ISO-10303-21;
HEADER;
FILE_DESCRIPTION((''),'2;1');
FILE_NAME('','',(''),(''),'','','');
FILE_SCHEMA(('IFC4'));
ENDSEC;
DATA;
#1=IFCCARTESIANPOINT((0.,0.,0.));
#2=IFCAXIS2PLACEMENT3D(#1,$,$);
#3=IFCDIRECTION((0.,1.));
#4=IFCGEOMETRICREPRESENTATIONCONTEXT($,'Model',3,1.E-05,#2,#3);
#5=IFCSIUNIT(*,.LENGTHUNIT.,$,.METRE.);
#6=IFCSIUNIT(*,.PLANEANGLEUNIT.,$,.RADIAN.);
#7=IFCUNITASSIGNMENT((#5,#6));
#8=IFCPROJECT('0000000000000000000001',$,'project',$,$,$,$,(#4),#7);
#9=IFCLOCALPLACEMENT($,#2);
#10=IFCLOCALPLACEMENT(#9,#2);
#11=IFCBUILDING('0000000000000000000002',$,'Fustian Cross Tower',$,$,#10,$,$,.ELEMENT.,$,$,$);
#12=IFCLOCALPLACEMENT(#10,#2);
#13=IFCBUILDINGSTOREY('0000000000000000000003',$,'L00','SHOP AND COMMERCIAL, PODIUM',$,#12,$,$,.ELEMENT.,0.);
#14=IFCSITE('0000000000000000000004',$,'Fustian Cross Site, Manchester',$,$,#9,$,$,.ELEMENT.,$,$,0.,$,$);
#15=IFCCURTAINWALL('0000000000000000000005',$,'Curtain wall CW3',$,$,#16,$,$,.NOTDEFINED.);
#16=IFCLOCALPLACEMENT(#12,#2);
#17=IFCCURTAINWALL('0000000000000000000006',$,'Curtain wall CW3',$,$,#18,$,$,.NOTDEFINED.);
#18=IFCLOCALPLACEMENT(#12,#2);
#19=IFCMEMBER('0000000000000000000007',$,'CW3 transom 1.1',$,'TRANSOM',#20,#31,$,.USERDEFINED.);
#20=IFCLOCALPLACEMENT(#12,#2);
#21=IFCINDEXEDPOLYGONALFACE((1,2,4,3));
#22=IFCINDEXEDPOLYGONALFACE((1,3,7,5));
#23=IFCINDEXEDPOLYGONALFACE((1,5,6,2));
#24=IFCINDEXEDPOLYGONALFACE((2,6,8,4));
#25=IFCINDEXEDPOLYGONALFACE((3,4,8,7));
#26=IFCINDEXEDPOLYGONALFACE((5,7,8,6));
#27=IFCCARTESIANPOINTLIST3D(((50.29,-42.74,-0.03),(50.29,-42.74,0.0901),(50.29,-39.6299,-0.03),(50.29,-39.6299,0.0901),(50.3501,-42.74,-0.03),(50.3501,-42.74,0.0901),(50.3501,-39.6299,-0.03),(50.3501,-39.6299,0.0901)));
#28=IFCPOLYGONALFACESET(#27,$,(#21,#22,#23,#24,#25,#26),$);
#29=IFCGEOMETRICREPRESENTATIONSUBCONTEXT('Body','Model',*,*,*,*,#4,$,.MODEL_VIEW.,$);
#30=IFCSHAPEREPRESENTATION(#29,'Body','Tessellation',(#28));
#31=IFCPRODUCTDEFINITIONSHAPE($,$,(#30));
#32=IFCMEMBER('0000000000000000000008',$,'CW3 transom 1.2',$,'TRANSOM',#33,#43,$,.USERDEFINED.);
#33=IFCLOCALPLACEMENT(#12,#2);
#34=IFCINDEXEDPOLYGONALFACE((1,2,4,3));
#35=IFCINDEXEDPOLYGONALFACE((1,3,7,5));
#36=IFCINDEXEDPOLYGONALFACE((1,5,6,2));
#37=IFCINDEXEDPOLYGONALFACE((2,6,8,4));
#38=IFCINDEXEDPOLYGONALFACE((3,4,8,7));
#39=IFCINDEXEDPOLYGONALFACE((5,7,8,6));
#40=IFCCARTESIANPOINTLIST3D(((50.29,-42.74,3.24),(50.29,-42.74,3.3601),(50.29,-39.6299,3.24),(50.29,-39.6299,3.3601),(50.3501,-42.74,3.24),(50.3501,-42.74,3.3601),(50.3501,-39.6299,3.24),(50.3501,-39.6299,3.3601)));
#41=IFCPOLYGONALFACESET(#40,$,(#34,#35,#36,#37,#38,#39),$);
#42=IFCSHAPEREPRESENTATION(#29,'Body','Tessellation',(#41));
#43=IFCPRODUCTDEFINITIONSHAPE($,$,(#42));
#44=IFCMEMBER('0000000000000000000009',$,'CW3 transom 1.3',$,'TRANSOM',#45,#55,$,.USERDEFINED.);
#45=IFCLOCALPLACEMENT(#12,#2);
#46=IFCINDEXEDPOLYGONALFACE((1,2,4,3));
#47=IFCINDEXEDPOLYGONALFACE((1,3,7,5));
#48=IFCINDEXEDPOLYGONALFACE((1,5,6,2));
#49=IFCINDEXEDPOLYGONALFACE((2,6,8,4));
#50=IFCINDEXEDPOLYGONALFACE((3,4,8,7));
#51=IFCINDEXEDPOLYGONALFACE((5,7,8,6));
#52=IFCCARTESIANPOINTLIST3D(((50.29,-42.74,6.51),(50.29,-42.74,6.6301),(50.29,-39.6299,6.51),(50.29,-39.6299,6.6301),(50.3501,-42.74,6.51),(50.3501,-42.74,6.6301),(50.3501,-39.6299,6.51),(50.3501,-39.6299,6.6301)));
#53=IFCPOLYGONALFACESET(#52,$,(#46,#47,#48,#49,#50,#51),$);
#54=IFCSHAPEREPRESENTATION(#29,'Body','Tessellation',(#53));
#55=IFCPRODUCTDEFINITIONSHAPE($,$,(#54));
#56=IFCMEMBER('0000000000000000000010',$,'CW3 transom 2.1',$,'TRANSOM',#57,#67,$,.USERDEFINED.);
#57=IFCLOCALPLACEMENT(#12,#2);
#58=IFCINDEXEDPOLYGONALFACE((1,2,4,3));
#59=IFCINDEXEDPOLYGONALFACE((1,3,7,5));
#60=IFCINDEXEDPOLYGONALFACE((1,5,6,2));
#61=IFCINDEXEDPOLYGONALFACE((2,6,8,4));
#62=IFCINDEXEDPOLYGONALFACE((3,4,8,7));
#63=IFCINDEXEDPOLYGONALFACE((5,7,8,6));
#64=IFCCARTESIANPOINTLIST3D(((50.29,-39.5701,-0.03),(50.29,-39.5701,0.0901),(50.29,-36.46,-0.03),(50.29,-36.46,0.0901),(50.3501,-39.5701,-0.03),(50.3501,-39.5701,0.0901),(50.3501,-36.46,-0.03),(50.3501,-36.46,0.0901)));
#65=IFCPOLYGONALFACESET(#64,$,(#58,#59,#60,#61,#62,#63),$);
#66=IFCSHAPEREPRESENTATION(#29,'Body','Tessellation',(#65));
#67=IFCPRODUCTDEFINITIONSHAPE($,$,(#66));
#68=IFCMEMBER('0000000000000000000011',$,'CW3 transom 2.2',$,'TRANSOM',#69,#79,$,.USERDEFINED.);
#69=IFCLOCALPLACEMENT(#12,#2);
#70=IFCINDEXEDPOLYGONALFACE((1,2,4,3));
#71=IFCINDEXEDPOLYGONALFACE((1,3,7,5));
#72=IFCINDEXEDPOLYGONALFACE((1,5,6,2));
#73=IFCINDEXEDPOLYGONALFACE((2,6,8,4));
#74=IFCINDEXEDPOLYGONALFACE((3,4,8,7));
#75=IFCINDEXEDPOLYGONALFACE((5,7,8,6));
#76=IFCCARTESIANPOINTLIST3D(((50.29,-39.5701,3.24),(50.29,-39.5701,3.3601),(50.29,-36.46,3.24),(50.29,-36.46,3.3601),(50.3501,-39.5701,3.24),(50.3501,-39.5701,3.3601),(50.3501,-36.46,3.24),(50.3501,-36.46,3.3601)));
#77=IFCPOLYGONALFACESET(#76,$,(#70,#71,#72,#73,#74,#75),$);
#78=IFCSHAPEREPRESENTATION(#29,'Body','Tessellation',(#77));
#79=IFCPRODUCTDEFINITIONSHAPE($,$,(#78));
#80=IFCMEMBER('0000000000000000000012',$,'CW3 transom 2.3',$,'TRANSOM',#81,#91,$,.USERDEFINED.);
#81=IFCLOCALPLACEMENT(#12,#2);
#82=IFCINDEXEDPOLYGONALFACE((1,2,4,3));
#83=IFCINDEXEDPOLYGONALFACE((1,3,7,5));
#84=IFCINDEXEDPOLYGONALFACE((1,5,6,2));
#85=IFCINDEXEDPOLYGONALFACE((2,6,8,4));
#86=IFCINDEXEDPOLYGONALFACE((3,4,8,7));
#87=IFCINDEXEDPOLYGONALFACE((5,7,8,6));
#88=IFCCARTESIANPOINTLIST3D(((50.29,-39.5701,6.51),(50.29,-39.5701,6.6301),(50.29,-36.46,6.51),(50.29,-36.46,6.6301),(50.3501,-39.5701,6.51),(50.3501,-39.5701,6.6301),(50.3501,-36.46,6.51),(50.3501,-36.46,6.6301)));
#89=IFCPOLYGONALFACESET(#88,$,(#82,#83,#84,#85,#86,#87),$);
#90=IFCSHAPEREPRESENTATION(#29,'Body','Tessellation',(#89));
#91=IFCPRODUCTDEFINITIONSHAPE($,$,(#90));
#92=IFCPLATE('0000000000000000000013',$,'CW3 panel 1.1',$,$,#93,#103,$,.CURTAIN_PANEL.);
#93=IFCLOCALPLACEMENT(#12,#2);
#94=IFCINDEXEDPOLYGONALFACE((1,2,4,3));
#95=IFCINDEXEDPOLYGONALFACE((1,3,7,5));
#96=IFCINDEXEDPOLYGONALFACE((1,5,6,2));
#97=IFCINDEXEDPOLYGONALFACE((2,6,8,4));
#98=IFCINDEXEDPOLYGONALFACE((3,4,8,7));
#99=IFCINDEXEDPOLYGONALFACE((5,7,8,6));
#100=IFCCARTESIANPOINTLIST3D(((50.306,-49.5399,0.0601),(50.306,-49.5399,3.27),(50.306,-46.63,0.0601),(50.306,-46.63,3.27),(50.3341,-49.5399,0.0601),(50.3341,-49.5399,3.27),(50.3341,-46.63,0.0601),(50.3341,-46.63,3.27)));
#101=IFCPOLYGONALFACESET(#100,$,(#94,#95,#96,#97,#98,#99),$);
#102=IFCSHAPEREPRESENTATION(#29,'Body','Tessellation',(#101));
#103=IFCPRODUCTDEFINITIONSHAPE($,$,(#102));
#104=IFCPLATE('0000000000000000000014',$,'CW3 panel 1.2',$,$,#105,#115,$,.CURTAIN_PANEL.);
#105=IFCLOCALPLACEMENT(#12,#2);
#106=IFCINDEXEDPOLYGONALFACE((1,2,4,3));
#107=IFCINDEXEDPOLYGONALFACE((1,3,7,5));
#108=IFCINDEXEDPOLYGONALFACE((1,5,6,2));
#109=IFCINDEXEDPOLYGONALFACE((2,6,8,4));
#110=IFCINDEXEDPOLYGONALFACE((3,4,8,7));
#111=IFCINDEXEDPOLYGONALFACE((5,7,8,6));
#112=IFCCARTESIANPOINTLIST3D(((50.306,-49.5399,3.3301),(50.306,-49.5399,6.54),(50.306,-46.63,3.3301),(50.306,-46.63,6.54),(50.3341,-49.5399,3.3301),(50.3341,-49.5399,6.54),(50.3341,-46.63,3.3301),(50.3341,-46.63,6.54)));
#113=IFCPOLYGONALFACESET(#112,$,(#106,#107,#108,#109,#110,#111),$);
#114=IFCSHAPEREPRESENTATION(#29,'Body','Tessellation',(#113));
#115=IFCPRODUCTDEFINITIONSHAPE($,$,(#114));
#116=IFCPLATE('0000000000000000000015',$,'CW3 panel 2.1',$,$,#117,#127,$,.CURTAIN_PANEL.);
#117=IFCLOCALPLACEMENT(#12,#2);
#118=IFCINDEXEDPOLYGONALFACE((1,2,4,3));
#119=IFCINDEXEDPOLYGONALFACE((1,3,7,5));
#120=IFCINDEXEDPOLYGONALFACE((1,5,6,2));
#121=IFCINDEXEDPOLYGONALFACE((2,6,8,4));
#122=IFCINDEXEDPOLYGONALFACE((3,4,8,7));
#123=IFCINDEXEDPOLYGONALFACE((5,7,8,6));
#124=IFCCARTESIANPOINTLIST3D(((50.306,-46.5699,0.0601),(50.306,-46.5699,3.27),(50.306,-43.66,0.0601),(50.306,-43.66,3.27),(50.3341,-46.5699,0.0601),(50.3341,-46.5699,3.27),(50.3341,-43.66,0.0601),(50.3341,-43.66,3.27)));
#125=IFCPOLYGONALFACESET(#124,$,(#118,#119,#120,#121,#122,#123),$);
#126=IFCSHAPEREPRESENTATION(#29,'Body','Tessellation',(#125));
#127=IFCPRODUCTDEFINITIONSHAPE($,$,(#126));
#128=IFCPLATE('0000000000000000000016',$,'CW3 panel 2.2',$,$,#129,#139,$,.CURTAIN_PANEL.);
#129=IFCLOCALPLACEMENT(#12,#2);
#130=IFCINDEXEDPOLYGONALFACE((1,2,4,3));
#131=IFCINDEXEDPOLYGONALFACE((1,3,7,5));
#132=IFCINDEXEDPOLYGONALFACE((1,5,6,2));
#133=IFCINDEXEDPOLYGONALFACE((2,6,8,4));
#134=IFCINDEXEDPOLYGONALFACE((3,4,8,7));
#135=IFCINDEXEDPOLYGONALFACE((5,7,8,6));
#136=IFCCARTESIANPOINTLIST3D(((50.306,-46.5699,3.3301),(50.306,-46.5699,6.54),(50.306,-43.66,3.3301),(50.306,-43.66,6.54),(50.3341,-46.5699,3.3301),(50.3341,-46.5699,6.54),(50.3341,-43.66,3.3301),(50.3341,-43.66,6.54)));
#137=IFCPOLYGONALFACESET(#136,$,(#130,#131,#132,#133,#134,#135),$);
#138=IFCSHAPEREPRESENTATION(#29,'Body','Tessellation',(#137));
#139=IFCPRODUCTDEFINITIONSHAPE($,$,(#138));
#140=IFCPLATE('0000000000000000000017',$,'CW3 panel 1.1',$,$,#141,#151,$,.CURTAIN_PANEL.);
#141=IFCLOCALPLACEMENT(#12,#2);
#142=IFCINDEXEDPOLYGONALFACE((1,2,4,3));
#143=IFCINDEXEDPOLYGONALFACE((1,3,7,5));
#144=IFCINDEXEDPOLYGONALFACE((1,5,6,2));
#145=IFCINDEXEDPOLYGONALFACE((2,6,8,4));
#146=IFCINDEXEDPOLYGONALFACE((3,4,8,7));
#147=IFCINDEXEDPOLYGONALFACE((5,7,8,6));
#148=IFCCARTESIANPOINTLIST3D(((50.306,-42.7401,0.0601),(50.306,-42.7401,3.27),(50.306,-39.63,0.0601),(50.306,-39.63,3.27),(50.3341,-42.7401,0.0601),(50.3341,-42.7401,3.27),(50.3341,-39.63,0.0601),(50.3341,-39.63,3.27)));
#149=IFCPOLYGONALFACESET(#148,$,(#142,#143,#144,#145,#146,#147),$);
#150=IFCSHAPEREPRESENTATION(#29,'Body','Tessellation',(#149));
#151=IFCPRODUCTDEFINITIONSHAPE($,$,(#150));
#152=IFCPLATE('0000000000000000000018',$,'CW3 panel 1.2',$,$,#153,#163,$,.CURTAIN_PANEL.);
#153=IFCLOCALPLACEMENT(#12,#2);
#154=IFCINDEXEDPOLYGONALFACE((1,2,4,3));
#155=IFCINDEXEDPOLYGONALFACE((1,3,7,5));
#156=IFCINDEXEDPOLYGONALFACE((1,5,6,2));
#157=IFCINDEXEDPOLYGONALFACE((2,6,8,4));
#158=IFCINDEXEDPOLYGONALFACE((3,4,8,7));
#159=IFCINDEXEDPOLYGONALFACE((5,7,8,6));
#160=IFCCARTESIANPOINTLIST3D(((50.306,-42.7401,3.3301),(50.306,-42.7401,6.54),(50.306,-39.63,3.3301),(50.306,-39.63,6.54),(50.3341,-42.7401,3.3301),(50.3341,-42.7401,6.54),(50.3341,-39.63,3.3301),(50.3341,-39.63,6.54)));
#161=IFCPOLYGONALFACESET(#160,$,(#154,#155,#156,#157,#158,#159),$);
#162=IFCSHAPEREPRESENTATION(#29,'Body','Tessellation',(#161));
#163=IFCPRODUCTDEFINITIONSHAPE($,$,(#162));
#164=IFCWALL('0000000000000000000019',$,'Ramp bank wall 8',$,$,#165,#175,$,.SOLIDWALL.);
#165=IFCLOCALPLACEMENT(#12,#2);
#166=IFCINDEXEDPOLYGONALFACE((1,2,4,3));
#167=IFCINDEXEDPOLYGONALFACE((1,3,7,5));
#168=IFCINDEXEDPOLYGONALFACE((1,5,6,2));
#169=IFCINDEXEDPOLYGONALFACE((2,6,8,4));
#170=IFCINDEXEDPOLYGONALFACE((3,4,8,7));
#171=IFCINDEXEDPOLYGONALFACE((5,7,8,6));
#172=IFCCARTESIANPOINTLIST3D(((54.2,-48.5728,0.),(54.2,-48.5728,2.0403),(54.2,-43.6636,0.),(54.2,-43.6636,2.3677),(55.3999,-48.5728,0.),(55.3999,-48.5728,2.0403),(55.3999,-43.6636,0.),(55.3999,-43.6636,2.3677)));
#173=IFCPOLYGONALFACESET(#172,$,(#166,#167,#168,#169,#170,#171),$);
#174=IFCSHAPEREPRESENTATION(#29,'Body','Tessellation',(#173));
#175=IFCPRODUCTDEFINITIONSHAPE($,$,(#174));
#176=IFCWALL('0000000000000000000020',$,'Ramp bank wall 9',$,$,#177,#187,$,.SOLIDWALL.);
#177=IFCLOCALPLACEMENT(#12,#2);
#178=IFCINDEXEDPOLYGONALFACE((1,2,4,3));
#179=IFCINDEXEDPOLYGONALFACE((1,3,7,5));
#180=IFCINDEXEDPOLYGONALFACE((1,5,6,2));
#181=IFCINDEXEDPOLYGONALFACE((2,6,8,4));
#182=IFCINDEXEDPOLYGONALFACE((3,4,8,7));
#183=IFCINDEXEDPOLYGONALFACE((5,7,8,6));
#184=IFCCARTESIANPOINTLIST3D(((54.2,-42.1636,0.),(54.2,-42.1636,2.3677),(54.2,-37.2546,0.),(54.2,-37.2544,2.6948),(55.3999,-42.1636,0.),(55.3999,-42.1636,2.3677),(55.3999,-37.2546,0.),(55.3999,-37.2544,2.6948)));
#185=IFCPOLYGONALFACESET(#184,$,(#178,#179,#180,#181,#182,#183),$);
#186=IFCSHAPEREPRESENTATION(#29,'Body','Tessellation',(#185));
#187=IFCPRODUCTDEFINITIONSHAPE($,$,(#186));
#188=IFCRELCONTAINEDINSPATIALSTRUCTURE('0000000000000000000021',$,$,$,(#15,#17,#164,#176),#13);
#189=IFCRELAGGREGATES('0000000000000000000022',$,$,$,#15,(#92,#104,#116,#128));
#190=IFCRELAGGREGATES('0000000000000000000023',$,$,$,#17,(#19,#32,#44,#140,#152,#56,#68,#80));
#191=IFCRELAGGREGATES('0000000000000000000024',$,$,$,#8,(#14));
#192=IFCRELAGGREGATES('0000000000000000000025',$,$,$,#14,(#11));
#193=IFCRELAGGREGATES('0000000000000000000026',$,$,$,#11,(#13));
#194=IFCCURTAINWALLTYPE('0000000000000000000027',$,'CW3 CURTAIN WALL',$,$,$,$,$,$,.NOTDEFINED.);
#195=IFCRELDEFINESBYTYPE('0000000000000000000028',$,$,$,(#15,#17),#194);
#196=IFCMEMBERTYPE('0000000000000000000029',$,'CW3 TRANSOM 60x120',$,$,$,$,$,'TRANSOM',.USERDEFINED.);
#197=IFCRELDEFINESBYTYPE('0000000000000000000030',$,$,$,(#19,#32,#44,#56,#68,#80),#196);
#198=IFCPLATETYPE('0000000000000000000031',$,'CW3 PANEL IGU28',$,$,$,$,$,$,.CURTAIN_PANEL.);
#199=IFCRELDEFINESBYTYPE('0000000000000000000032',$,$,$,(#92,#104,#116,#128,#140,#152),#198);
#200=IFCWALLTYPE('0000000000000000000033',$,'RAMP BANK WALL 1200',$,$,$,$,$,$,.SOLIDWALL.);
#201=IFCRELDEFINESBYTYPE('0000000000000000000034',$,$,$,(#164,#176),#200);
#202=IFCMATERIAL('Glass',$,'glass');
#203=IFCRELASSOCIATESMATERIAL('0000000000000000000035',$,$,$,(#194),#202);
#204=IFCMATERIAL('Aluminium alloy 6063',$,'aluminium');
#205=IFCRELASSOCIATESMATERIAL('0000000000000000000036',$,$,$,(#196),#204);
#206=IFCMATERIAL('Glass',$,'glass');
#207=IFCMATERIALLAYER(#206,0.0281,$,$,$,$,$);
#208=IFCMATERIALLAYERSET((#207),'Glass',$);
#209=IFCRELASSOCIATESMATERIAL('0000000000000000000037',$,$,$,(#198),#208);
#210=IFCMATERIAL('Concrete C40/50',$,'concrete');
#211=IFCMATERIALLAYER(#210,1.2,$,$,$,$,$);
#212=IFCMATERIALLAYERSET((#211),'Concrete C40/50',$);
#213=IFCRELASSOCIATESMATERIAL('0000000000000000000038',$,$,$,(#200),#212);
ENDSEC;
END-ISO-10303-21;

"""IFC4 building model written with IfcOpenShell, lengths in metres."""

from ifc_helpers import new_model, si_unit, direction, frame, origin, origin_2d, place, context, subcontext, project, spatial, polyline, rectangle, outline, extrude, material, layer, layer_set, material_profile, profile_set, type_object, element, aggregate, save


model = new_model("IFC4")

# Units and contexts
model_context = context("Model", 3, precision=1e-05, world=origin(), true_north=direction((0.0, 1.0)))
body_context = subcontext(model_context, "Body", "Model", "MODEL_VIEW")
ifc_project = project(units=[si_unit("LENGTHUNIT", "METRE"), si_unit("PLANEANGLEUNIT", "RADIAN")], contexts=[model_context])

# Site, building, storey
site_placement = place(None, origin())
site = spatial("IfcSite", under=ifc_project, at=site_placement, Name="Fustian Cross Site, Manchester", CompositionType="ELEMENT", RefElevation=0.0)
building_placement = place(site_placement, origin())
building = spatial("IfcBuilding", under=site, at=building_placement, Name="Fustian Cross Tower", CompositionType="ELEMENT")
storey_placement = place(building_placement, origin())
storey = spatial("IfcBuildingStorey", under=building, at=storey_placement, Name="L00", Description="SHOP AND COMMERCIAL, PODIUM", CompositionType="ELEMENT", Elevation=0.0)

# Curtain walls
ifc_material_1 = material(Name="Glass", Category="glass")
curtain_wall_type = type_object("IfcCurtainWallType", Name="CW3 CURTAIN WALL", PredefinedType="NOTDEFINED", material=ifc_material_1)
curtain_wall_1_placement = place(storey_placement, origin())
curtain_wall_1 = element("IfcCurtainWall", 1, at=curtain_wall_1_placement, inside=storey, type_object=curtain_wall_type, Name="Curtain wall CW3", PredefinedType="NOTDEFINED")
curtain_wall_2_placement = place(storey_placement, origin())
curtain_wall_2 = element("IfcCurtainWall", 2, at=curtain_wall_2_placement, inside=storey, type_object=curtain_wall_type, Name="Curtain wall CW3", PredefinedType="NOTDEFINED")

# Members
ifc_material_2 = material(Name="Aluminium alloy 6063", Category="aluminium")
ifc_material_profile_1 = material_profile(ifc_material_2, rectangle(XDim=0.0601, YDim=0.1201, at=origin_2d()), Name="CW3 TRANSOM 60x120")
ifc_profile_set_1 = profile_set([ifc_material_profile_1], Name="Aluminium alloy 6063")
member_type_1 = type_object("IfcMemberType", Name="CW3 TRANSOM 60x120", ElementType="TRANSOM", PredefinedType="USERDEFINED", material=ifc_profile_set_1)
member_1_placement = place(storey_placement, frame((50.3201, -42.74, 0.03), z_axis=(0.0, 1.0, 0.0), x_axis=(-1.0, 0.0, 0.0)))
member_1 = element("IfcMember", 3, at=member_1_placement, type_object=member_type_1, Name="CW3 transom 1.1", ObjectType="TRANSOM", PredefinedType="USERDEFINED", context=body_context, shape_type="SweptSolid", body=[
    extrude(rectangle(XDim=0.0601, YDim=0.1201, at=origin_2d()), origin(), (0.0, 0.0, 1.0), 3.1101),
])
member_2_placement = place(storey_placement, frame((50.3201, -42.74, 3.3), z_axis=(0.0, 1.0, 0.0), x_axis=(-1.0, 0.0, 0.0)))
member_2 = element("IfcMember", 4, at=member_2_placement, type_object=member_type_1, Name="CW3 transom 1.2", ObjectType="TRANSOM", PredefinedType="USERDEFINED", context=body_context, shape_type="SweptSolid", body=[
    extrude(rectangle(XDim=0.0601, YDim=0.1201, at=origin_2d()), origin(), (0.0, 0.0, 1.0), 3.1101),
])
member_3_placement = place(storey_placement, frame((50.3201, -42.74, 6.5701), z_axis=(0.0, 1.0, 0.0), x_axis=(-1.0, 0.0, 0.0)))
member_3 = element("IfcMember", 5, at=member_3_placement, type_object=member_type_1, Name="CW3 transom 1.3", ObjectType="TRANSOM", PredefinedType="USERDEFINED", context=body_context, shape_type="SweptSolid", body=[
    extrude(rectangle(XDim=0.0601, YDim=0.1201, at=origin_2d()), origin(), (0.0, 0.0, 1.0), 3.1101),
])
member_4_placement = place(storey_placement, frame((50.3201, -39.5701, 0.03), z_axis=(0.0, 1.0, 0.0), x_axis=(-1.0, 0.0, 0.0)))
member_4 = element("IfcMember", 6, at=member_4_placement, type_object=member_type_1, Name="CW3 transom 2.1", ObjectType="TRANSOM", PredefinedType="USERDEFINED", context=body_context, shape_type="SweptSolid", body=[
    extrude(rectangle(XDim=0.0601, YDim=0.1201, at=origin_2d()), origin(), (0.0, 0.0, 1.0), 3.1101),
])
member_5_placement = place(storey_placement, frame((50.3201, -39.5701, 3.3), z_axis=(0.0, 1.0, 0.0), x_axis=(-1.0, 0.0, 0.0)))
member_5 = element("IfcMember", 7, at=member_5_placement, type_object=member_type_1, Name="CW3 transom 2.2", ObjectType="TRANSOM", PredefinedType="USERDEFINED", context=body_context, shape_type="SweptSolid", body=[
    extrude(rectangle(XDim=0.0601, YDim=0.1201, at=origin_2d()), origin(), (0.0, 0.0, 1.0), 3.1101),
])
member_6_placement = place(storey_placement, frame((50.3201, -39.5701, 6.5701), z_axis=(0.0, 1.0, 0.0), x_axis=(-1.0, 0.0, 0.0)))
member_6 = element("IfcMember", 8, at=member_6_placement, type_object=member_type_1, Name="CW3 transom 2.3", ObjectType="TRANSOM", PredefinedType="USERDEFINED", context=body_context, shape_type="SweptSolid", body=[
    extrude(rectangle(XDim=0.0601, YDim=0.1201, at=origin_2d()), origin(), (0.0, 0.0, 1.0), 3.1101),
])

# Plates
ifc_material_3 = material(Name="Glass", Category="glass")
ifc_layer_1 = layer(ifc_material_3, 0.0281)
ifc_layer_set_1 = layer_set([ifc_layer_1], Name="Glass")
plate_type = type_object("IfcPlateType", Name="CW3 PANEL IGU28", PredefinedType="CURTAIN_PANEL", material=ifc_layer_set_1)
plate_1_placement = place(storey_placement, frame((50.3201, -48.085, 0.0601), z_axis=(0.0, 0.0, 1.0), x_axis=(0.0, 1.0, 0.0)))
plate_1 = element("IfcPlate", 9, at=plate_1_placement, type_object=plate_type, Name="CW3 panel 1.1", PredefinedType="CURTAIN_PANEL", context=body_context, shape_type="SweptSolid", body=[
    extrude(rectangle(XDim=2.9099, YDim=0.0281, at=origin_2d()), origin(), (0.0, 0.0, 1.0), 3.21),
])
plate_2_placement = place(storey_placement, frame((50.3201, -48.085, 3.3301), z_axis=(0.0, 0.0, 1.0), x_axis=(0.0, 1.0, 0.0)))
plate_2 = element("IfcPlate", 10, at=plate_2_placement, type_object=plate_type, Name="CW3 panel 1.2", PredefinedType="CURTAIN_PANEL", context=body_context, shape_type="SweptSolid", body=[
    extrude(rectangle(XDim=2.9099, YDim=0.0281, at=origin_2d()), origin(), (0.0, 0.0, 1.0), 3.21),
])
plate_3_placement = place(storey_placement, frame((50.3201, -45.115, 0.0601), z_axis=(0.0, 0.0, 1.0), x_axis=(0.0, 1.0, 0.0)))
plate_3 = element("IfcPlate", 11, at=plate_3_placement, type_object=plate_type, Name="CW3 panel 2.1", PredefinedType="CURTAIN_PANEL", context=body_context, shape_type="SweptSolid", body=[
    extrude(rectangle(XDim=2.9099, YDim=0.0281, at=origin_2d()), origin(), (0.0, 0.0, 1.0), 3.21),
])
plate_4_placement = place(storey_placement, frame((50.3201, -45.115, 3.3301), z_axis=(0.0, 0.0, 1.0), x_axis=(0.0, 1.0, 0.0)))
plate_4 = element("IfcPlate", 12, at=plate_4_placement, type_object=plate_type, Name="CW3 panel 2.2", PredefinedType="CURTAIN_PANEL", context=body_context, shape_type="SweptSolid", body=[
    extrude(rectangle(XDim=2.9099, YDim=0.0281, at=origin_2d()), origin(), (0.0, 0.0, 1.0), 3.21),
])
aggregate(curtain_wall_1, [plate_1, plate_2, plate_3, plate_4])
plate_5_placement = place(storey_placement, frame((50.3201, -41.1851, 0.0601), z_axis=(0.0, 0.0, 1.0), x_axis=(0.0, 1.0, 0.0)))
plate_5 = element("IfcPlate", 13, at=plate_5_placement, type_object=plate_type, Name="CW3 panel 1.1", PredefinedType="CURTAIN_PANEL", context=body_context, shape_type="SweptSolid", body=[
    extrude(rectangle(XDim=3.1101, YDim=0.0281, at=origin_2d()), origin(), (0.0, 0.0, 1.0), 3.21),
])
plate_6_placement = place(storey_placement, frame((50.3201, -41.1851, 3.3301), z_axis=(0.0, 0.0, 1.0), x_axis=(0.0, 1.0, 0.0)))
plate_6 = element("IfcPlate", 14, at=plate_6_placement, type_object=plate_type, Name="CW3 panel 1.2", PredefinedType="CURTAIN_PANEL", context=body_context, shape_type="SweptSolid", body=[
    extrude(rectangle(XDim=3.1101, YDim=0.0281, at=origin_2d()), origin(), (0.0, 0.0, 1.0), 3.21),
])
aggregate(curtain_wall_2, [member_1, member_2, member_3, plate_5, plate_6, member_4, member_5, member_6])

# Walls
ifc_material_4 = material(Name="Concrete C40/50", Category="concrete")
ifc_layer_2 = layer(ifc_material_4, 1.2)
ifc_layer_set_2 = layer_set([ifc_layer_2], Name="Concrete C40/50")
wall_type_1 = type_object("IfcWallType", Name="RAMP BANK WALL 1200", PredefinedType="SOLIDWALL", material=ifc_layer_set_2)
wall_1_placement = place(storey_placement, frame((54.8, -48.5728, 0.0), z_axis=(0.0, 0.0, 1.0), x_axis=(0.0, 1.0, 0.0)))
element("IfcWall", 15, at=wall_1_placement, inside=storey, type_object=wall_type_1, Name="Ramp bank wall 8", PredefinedType="SOLIDWALL", context=body_context, shape_type="SweptSolid", body=[
    extrude(outline(polyline([(0.0, 0.0), (4.9092, 0.0), (4.9092, 2.3677), (0.0, 2.0403), (0.0, 0.0)])), frame((0.0, 0.6001, 0.0), z_axis=(0.0, -1.0, 0.0), x_axis=(1.0, 0.0, 0.0)), (0.0, 0.0, 1.0), 1.2),
])
wall_2_placement = place(storey_placement, frame((54.8, -42.1636, 0.0), z_axis=(0.0, 0.0, 1.0), x_axis=(0.0, 1.0, 0.0)))
element("IfcWall", 16, at=wall_2_placement, inside=storey, type_object=wall_type_1, Name="Ramp bank wall 9", PredefinedType="SOLIDWALL", context=body_context, shape_type="SweptSolid", body=[
    extrude(outline(polyline([(0.0, 0.0), (4.9089, 0.0), (4.9092, 2.6948), (0.0, 2.3677), (0.0, 0.0)])), frame((0.0, 0.6001, 0.0), z_axis=(0.0, -1.0, 0.0), x_axis=(1.0, 0.0, 0.0)), (0.0, 0.0, 1.0), 1.2),
])

save(model, "model.ifc")
